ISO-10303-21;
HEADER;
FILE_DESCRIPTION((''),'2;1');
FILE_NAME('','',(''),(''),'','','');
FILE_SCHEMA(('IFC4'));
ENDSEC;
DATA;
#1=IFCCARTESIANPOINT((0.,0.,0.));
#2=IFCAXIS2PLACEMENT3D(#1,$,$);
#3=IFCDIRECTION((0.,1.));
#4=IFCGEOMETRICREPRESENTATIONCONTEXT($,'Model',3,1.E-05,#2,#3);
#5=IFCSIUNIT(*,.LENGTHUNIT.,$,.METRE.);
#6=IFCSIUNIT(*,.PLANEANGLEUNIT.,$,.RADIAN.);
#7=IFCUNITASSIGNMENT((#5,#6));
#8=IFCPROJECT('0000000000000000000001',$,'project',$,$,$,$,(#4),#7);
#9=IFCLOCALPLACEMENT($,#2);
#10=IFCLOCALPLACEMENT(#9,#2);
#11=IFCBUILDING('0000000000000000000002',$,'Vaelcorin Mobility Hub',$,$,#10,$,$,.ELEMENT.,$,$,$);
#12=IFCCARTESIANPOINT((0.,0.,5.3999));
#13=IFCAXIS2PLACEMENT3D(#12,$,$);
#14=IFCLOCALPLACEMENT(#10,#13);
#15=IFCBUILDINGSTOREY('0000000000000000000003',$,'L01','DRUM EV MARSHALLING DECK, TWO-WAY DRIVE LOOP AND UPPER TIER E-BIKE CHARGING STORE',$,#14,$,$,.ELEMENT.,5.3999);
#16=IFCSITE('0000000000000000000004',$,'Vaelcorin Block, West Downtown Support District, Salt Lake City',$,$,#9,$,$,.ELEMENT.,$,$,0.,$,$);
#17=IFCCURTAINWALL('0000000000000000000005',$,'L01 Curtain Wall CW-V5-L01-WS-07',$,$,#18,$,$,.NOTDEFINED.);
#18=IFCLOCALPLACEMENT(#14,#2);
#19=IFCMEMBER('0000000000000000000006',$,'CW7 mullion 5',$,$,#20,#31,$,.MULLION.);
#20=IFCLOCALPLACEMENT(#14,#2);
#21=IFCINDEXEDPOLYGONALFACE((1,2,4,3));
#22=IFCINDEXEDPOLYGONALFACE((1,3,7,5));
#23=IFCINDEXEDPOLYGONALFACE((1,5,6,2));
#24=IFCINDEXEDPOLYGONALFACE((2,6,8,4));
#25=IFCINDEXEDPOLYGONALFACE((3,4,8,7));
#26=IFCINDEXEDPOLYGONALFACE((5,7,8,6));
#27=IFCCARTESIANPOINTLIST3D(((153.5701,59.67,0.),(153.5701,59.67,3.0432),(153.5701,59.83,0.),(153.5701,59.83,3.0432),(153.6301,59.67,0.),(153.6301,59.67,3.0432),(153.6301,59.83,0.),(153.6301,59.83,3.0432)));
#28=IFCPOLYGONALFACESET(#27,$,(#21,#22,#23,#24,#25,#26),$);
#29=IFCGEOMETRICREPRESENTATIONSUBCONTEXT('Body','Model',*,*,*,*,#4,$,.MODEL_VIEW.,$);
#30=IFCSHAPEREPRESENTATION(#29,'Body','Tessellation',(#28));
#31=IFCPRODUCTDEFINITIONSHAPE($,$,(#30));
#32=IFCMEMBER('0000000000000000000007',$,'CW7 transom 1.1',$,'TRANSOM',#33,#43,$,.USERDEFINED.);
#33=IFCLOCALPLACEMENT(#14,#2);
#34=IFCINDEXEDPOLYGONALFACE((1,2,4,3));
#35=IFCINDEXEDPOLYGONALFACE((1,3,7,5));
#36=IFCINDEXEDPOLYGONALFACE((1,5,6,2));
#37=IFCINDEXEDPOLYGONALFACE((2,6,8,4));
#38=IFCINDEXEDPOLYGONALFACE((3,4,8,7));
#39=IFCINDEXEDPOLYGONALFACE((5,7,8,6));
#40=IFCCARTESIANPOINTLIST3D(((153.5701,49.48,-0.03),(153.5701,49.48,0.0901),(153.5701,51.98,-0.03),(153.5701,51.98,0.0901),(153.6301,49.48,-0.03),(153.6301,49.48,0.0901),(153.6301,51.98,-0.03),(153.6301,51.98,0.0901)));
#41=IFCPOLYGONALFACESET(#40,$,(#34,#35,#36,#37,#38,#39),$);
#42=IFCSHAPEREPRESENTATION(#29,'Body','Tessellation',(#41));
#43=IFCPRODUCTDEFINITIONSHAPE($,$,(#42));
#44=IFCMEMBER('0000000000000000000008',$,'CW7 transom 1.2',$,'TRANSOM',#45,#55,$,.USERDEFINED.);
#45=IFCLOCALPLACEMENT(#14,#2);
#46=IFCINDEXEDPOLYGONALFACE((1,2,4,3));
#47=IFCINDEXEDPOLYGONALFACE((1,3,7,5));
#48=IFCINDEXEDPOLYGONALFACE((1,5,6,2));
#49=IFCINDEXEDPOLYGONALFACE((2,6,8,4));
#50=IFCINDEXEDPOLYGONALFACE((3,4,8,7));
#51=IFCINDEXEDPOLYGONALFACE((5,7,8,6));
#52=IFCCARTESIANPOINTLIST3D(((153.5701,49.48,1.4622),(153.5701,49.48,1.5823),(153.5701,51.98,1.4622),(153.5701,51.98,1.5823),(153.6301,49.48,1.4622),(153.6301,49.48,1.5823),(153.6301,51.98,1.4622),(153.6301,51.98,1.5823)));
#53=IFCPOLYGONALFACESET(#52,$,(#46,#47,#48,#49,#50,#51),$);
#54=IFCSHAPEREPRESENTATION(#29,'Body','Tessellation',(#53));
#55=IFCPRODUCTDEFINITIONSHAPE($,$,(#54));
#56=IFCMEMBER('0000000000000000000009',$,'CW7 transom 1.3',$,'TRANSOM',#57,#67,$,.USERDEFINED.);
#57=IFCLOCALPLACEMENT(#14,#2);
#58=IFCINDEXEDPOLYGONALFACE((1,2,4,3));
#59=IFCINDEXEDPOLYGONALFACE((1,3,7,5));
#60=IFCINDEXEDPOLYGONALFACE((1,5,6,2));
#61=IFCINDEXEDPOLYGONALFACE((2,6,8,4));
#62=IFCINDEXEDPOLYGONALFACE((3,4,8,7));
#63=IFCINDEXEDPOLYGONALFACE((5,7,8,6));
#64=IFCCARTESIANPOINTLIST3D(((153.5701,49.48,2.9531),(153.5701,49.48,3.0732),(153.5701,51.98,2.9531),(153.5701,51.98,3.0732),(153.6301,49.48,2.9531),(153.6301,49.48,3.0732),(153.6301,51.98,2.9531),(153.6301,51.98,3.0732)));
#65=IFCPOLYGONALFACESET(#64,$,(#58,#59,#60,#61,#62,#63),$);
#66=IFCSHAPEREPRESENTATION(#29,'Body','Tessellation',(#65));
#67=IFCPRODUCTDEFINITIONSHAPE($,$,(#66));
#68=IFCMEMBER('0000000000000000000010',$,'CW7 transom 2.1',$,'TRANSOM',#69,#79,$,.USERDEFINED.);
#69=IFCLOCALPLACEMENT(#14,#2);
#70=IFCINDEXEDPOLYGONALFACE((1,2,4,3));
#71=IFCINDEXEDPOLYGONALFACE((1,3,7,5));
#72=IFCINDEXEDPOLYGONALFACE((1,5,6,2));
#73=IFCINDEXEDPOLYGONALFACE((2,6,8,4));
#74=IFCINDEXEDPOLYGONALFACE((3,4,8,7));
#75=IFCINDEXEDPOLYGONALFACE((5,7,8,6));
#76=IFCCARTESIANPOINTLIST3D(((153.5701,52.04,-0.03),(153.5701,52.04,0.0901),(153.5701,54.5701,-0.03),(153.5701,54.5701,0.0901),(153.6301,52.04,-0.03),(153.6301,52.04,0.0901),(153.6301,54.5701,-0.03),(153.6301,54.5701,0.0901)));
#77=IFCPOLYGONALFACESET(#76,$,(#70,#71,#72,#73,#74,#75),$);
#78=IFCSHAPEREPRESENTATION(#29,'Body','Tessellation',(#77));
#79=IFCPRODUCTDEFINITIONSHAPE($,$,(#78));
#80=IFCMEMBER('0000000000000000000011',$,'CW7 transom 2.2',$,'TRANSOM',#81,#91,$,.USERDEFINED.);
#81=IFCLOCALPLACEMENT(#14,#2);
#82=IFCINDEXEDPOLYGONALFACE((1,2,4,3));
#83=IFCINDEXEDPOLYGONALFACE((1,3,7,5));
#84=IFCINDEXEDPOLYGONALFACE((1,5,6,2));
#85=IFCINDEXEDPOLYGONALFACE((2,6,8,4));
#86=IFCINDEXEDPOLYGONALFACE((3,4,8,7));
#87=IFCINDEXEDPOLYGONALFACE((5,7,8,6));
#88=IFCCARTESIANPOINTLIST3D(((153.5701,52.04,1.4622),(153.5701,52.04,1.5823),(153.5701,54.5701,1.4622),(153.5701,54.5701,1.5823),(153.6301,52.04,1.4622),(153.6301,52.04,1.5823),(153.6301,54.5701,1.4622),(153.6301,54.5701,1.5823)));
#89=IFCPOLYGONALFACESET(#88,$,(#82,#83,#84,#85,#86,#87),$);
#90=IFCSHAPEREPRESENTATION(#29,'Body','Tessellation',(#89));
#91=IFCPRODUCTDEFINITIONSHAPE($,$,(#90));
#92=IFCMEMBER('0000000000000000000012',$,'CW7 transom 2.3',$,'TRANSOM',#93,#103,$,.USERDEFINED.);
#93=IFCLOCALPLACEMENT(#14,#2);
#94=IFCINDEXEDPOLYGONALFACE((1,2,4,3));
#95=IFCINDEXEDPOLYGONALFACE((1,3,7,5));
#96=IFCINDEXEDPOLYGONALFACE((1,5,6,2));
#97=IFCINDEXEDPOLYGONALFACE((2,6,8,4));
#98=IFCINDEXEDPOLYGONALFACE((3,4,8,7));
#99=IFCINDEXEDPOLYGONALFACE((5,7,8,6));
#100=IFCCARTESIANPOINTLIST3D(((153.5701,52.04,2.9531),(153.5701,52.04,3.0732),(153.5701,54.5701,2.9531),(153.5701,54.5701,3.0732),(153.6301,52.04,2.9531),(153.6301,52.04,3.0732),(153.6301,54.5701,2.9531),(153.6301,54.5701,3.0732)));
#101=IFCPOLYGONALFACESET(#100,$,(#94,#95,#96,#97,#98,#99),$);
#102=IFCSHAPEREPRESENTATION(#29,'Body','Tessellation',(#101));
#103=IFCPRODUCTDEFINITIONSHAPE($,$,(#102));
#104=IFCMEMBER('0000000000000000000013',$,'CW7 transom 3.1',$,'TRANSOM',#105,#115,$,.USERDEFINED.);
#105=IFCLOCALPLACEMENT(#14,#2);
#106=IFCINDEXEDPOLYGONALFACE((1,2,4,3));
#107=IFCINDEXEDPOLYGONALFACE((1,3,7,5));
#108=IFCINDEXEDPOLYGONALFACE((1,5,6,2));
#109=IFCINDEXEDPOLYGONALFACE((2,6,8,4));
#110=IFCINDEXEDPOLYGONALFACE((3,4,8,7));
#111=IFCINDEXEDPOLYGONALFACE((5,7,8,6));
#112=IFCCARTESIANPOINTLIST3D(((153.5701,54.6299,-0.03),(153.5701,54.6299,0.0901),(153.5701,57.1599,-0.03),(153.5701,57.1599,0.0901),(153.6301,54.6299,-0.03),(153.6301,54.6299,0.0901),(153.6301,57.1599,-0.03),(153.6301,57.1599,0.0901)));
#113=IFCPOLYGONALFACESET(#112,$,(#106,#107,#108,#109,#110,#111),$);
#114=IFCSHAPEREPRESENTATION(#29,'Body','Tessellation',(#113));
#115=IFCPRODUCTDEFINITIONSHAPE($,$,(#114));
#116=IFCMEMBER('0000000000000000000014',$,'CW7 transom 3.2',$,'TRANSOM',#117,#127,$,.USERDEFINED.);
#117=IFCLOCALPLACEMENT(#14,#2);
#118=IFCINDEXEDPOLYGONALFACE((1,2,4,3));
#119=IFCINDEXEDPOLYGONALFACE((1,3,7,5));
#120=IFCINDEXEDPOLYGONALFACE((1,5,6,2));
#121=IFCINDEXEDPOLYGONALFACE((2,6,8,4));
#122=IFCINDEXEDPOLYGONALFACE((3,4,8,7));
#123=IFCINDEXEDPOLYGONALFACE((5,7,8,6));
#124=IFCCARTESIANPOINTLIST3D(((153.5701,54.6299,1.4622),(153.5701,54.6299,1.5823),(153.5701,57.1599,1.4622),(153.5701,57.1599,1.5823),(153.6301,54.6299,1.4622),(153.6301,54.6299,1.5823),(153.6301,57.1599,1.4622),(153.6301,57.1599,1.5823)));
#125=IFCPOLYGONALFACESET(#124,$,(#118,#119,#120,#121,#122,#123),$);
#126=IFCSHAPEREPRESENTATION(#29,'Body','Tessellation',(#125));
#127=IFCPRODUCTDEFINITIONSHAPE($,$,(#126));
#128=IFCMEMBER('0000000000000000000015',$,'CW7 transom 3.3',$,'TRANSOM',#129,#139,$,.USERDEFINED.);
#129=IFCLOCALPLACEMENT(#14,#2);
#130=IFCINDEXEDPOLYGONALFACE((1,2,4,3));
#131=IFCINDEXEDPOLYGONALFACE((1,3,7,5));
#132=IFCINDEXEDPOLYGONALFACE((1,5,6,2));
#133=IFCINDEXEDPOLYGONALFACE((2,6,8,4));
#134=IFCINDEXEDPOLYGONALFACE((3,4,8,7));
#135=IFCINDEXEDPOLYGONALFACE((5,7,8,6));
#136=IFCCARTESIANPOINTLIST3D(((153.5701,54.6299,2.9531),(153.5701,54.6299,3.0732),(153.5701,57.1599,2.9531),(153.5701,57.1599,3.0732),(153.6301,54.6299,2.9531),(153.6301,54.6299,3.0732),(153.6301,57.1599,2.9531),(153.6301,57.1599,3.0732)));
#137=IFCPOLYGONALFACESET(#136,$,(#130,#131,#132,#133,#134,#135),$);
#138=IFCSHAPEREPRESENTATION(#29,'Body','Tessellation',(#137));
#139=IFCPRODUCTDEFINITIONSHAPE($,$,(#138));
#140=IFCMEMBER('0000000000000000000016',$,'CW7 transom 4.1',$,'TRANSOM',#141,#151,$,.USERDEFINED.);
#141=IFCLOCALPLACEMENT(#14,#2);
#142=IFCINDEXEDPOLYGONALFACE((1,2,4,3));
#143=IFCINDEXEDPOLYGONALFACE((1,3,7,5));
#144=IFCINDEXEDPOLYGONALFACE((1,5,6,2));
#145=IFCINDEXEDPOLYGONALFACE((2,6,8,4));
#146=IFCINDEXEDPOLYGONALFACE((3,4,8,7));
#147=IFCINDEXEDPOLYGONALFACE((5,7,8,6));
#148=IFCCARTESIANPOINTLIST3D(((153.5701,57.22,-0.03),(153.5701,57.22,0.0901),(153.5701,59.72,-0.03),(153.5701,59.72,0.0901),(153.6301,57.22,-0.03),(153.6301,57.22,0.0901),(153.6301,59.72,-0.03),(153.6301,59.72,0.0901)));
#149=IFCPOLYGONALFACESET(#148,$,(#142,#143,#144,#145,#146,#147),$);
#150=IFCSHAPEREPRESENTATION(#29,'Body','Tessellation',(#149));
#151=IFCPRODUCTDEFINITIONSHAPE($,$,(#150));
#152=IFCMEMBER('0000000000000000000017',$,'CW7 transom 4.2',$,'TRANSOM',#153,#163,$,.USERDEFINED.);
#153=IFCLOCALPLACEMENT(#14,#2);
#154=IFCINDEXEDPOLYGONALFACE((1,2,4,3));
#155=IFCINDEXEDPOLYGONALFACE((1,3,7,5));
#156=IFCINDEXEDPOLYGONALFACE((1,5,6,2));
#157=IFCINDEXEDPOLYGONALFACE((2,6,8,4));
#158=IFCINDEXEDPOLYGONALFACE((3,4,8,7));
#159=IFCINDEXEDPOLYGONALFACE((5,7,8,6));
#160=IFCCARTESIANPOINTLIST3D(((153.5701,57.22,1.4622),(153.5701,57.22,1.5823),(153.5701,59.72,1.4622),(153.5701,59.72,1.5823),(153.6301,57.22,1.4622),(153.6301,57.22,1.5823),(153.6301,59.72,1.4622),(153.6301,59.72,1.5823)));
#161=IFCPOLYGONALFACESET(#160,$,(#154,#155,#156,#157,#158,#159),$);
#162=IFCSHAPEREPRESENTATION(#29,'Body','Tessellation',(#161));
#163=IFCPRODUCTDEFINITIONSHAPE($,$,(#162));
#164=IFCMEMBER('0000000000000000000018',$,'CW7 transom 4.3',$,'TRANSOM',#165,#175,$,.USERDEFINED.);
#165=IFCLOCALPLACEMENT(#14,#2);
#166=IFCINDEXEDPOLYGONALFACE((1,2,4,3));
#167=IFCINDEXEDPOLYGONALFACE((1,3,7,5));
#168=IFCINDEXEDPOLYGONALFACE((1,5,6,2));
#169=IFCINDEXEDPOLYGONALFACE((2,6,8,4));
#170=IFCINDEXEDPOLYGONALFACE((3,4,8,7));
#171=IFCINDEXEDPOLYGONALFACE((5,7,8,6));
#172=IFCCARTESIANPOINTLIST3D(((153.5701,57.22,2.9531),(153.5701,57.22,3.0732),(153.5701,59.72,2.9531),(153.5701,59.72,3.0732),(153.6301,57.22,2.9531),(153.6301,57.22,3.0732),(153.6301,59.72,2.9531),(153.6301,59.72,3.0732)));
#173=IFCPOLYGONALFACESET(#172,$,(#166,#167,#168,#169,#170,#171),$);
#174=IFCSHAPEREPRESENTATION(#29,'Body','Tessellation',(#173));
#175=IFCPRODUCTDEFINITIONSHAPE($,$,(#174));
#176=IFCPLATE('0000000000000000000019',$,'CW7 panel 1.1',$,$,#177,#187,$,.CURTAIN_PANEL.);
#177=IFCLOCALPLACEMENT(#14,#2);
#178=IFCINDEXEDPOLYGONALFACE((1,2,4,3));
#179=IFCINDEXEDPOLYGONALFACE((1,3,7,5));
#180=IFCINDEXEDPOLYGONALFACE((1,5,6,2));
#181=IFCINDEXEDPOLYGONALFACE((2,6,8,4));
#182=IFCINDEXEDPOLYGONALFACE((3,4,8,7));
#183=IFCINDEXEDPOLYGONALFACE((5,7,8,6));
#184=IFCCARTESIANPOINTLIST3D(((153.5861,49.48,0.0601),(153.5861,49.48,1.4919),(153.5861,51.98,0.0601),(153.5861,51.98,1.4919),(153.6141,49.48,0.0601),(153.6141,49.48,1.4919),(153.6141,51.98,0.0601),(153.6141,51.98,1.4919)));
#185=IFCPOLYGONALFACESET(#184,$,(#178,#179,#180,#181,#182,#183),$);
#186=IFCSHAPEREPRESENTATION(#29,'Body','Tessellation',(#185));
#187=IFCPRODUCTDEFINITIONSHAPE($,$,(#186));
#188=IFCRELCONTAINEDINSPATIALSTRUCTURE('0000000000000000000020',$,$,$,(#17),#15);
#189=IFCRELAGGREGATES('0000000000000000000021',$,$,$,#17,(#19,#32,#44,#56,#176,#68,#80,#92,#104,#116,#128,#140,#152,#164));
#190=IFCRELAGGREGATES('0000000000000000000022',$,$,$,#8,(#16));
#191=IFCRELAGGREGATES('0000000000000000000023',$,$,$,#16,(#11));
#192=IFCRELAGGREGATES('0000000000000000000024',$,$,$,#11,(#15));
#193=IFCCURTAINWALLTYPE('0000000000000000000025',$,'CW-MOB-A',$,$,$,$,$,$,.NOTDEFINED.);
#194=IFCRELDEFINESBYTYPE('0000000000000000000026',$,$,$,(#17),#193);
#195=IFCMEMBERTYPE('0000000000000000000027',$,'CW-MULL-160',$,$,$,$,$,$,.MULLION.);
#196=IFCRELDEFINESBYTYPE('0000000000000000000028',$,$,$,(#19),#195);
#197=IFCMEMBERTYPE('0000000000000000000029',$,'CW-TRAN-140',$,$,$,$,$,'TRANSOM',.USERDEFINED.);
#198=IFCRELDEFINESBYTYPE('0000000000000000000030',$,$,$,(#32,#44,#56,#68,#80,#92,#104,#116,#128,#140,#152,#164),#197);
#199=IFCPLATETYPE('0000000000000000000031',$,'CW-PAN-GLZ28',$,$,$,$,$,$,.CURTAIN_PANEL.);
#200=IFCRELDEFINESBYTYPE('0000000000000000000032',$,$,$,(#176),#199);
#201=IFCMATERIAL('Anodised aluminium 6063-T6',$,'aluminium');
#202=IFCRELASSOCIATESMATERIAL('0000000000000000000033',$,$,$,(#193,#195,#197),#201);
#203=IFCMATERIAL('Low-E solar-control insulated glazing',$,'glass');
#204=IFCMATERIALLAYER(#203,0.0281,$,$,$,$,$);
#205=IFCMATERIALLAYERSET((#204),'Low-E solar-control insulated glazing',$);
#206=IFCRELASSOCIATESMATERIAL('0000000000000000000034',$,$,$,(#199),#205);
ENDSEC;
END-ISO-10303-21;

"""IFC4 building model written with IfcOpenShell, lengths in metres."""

from ifc_helpers import new_model, si_unit, direction, frame, origin, origin_2d, place, context, subcontext, project, spatial, rectangle, extrude, material, layer, layer_set, material_profile, profile_set, type_object, element, aggregate, save


model = new_model("IFC4")

# Units and contexts
model_context = context("Model", 3, precision=1e-05, world=origin(), true_north=direction((0.0, 1.0)))
body_context = subcontext(model_context, "Body", "Model", "MODEL_VIEW")
ifc_project = project(units=[si_unit("LENGTHUNIT", "METRE"), si_unit("PLANEANGLEUNIT", "RADIAN")], contexts=[model_context])

# Site, building, storey
site_placement = place(None, origin())
site = spatial("IfcSite", under=ifc_project, at=site_placement, Name="Vaelcorin Block, West Downtown Support District, Salt Lake City", CompositionType="ELEMENT", RefElevation=0.0)
building_placement = place(site_placement, origin())
building = spatial("IfcBuilding", under=site, at=building_placement, Name="Vaelcorin Mobility Hub", CompositionType="ELEMENT")
storey_placement = place(building_placement, frame((0.0, 0.0, 5.3999)))
storey = spatial("IfcBuildingStorey", under=building, at=storey_placement, Name="L01", Description="DRUM EV MARSHALLING DECK, TWO-WAY DRIVE LOOP AND UPPER TIER E-BIKE CHARGING STORE", CompositionType="ELEMENT", Elevation=5.3999)

# Curtain wall, members, plate
ifc_material_1 = material(Name="Anodised aluminium 6063-T6", Category="aluminium")
curtain_wall_type = type_object("IfcCurtainWallType", Name="CW-MOB-A", PredefinedType="NOTDEFINED", material=ifc_material_1)
curtain_wall_placement = place(storey_placement, origin())
curtain_wall = element("IfcCurtainWall", 1, at=curtain_wall_placement, inside=storey, type_object=curtain_wall_type, Name="L01 Curtain Wall CW-V5-L01-WS-07", PredefinedType="NOTDEFINED")
ifc_material_profile_1 = material_profile(ifc_material_1, rectangle(XDim=0.0601, YDim=0.1599, at=origin_2d()), Name="ALU-M60X160")
ifc_profile_set_1 = profile_set([ifc_material_profile_1], Name="Anodised aluminium 6063-T6")
member_type_1 = type_object("IfcMemberType", Name="CW-MULL-160", PredefinedType="MULLION", material=ifc_profile_set_1)
member_1_placement = place(storey_placement, frame((153.6001, 59.75, 0.0), z_axis=(0.0, 0.0, 1.0), x_axis=(-1.0, 0.0, 0.0)))
member_1 = element("IfcMember", 2, at=member_1_placement, type_object=member_type_1, Name="CW7 mullion 5", PredefinedType="MULLION", context=body_context, shape_type="SweptSolid", body=[
    extrude(rectangle(XDim=0.0601, YDim=0.1599, at=origin_2d()), origin(), (0.0, 0.0, 1.0), 3.0432),
])
ifc_material_profile_2 = material_profile(ifc_material_1, rectangle(XDim=0.0601, YDim=0.1201, at=origin_2d()), Name="ALU-T60X120")
ifc_profile_set_2 = profile_set([ifc_material_profile_2], Name="Anodised aluminium 6063-T6")
member_type_2 = type_object("IfcMemberType", Name="CW-TRAN-140", ElementType="TRANSOM", PredefinedType="USERDEFINED", material=ifc_profile_set_2)
member_2_placement = place(storey_placement, frame((153.6001, 49.48, 0.03), z_axis=(0.0, 1.0, 0.0), x_axis=(-1.0, 0.0, 0.0)))
member_2 = element("IfcMember", 3, at=member_2_placement, type_object=member_type_2, Name="CW7 transom 1.1", ObjectType="TRANSOM", PredefinedType="USERDEFINED", context=body_context, shape_type="SweptSolid", body=[
    extrude(rectangle(XDim=0.0601, YDim=0.1201, at=origin_2d()), origin(), (0.0, 0.0, 1.0), 2.5),
])
member_3_placement = place(storey_placement, frame((153.6001, 49.48, 1.5222), z_axis=(0.0, 1.0, 0.0), x_axis=(-1.0, 0.0, 0.0)))
member_3 = element("IfcMember", 4, at=member_3_placement, type_object=member_type_2, Name="CW7 transom 1.2", ObjectType="TRANSOM", PredefinedType="USERDEFINED", context=body_context, shape_type="SweptSolid", body=[
    extrude(rectangle(XDim=0.0601, YDim=0.1201, at=origin_2d()), origin(), (0.0, 0.0, 1.0), 2.5),
])
member_4_placement = place(storey_placement, frame((153.6001, 49.48, 3.0132), z_axis=(0.0, 1.0, 0.0), x_axis=(-1.0, 0.0, 0.0)))
member_4 = element("IfcMember", 5, at=member_4_placement, type_object=member_type_2, Name="CW7 transom 1.3", ObjectType="TRANSOM", PredefinedType="USERDEFINED", context=body_context, shape_type="SweptSolid", body=[
    extrude(rectangle(XDim=0.0601, YDim=0.1201, at=origin_2d()), origin(), (0.0, 0.0, 1.0), 2.5),
])
member_5_placement = place(storey_placement, frame((153.6001, 52.04, 0.03), z_axis=(0.0, 1.0, 0.0), x_axis=(-1.0, 0.0, 0.0)))
member_5 = element("IfcMember", 6, at=member_5_placement, type_object=member_type_2, Name="CW7 transom 2.1", ObjectType="TRANSOM", PredefinedType="USERDEFINED", context=body_context, shape_type="SweptSolid", body=[
    extrude(rectangle(XDim=0.0601, YDim=0.1201, at=origin_2d()), origin(), (0.0, 0.0, 1.0), 2.53),
])
member_6_placement = place(storey_placement, frame((153.6001, 52.04, 1.5222), z_axis=(0.0, 1.0, 0.0), x_axis=(-1.0, 0.0, 0.0)))
member_6 = element("IfcMember", 7, at=member_6_placement, type_object=member_type_2, Name="CW7 transom 2.2", ObjectType="TRANSOM", PredefinedType="USERDEFINED", context=body_context, shape_type="SweptSolid", body=[
    extrude(rectangle(XDim=0.0601, YDim=0.1201, at=origin_2d()), origin(), (0.0, 0.0, 1.0), 2.53),
])
member_7_placement = place(storey_placement, frame((153.6001, 52.04, 3.0132), z_axis=(0.0, 1.0, 0.0), x_axis=(-1.0, 0.0, 0.0)))
member_7 = element("IfcMember", 8, at=member_7_placement, type_object=member_type_2, Name="CW7 transom 2.3", ObjectType="TRANSOM", PredefinedType="USERDEFINED", context=body_context, shape_type="SweptSolid", body=[
    extrude(rectangle(XDim=0.0601, YDim=0.1201, at=origin_2d()), origin(), (0.0, 0.0, 1.0), 2.53),
])
member_8_placement = place(storey_placement, frame((153.6001, 54.6299, 0.03), z_axis=(0.0, 1.0, 0.0), x_axis=(-1.0, 0.0, 0.0)))
member_8 = element("IfcMember", 9, at=member_8_placement, type_object=member_type_2, Name="CW7 transom 3.1", ObjectType="TRANSOM", PredefinedType="USERDEFINED", context=body_context, shape_type="SweptSolid", body=[
    extrude(rectangle(XDim=0.0601, YDim=0.1201, at=origin_2d()), origin(), (0.0, 0.0, 1.0), 2.53),
])
member_9_placement = place(storey_placement, frame((153.6001, 54.6299, 1.5222), z_axis=(0.0, 1.0, 0.0), x_axis=(-1.0, 0.0, 0.0)))
member_9 = element("IfcMember", 10, at=member_9_placement, type_object=member_type_2, Name="CW7 transom 3.2", ObjectType="TRANSOM", PredefinedType="USERDEFINED", context=body_context, shape_type="SweptSolid", body=[
    extrude(rectangle(XDim=0.0601, YDim=0.1201, at=origin_2d()), origin(), (0.0, 0.0, 1.0), 2.53),
])
member_10_placement = place(storey_placement, frame((153.6001, 54.6299, 3.0132), z_axis=(0.0, 1.0, 0.0), x_axis=(-1.0, 0.0, 0.0)))
member_10 = element("IfcMember", 11, at=member_10_placement, type_object=member_type_2, Name="CW7 transom 3.3", ObjectType="TRANSOM", PredefinedType="USERDEFINED", context=body_context, shape_type="SweptSolid", body=[
    extrude(rectangle(XDim=0.0601, YDim=0.1201, at=origin_2d()), origin(), (0.0, 0.0, 1.0), 2.53),
])
member_11_placement = place(storey_placement, frame((153.6001, 57.22, 0.03), z_axis=(0.0, 1.0, 0.0), x_axis=(-1.0, 0.0, 0.0)))
member_11 = element("IfcMember", 12, at=member_11_placement, type_object=member_type_2, Name="CW7 transom 4.1", ObjectType="TRANSOM", PredefinedType="USERDEFINED", context=body_context, shape_type="SweptSolid", body=[
    extrude(rectangle(XDim=0.0601, YDim=0.1201, at=origin_2d()), origin(), (0.0, 0.0, 1.0), 2.5),
])
member_12_placement = place(storey_placement, frame((153.6001, 57.22, 1.5222), z_axis=(0.0, 1.0, 0.0), x_axis=(-1.0, 0.0, 0.0)))
member_12 = element("IfcMember", 13, at=member_12_placement, type_object=member_type_2, Name="CW7 transom 4.2", ObjectType="TRANSOM", PredefinedType="USERDEFINED", context=body_context, shape_type="SweptSolid", body=[
    extrude(rectangle(XDim=0.0601, YDim=0.1201, at=origin_2d()), origin(), (0.0, 0.0, 1.0), 2.5),
])
member_13_placement = place(storey_placement, frame((153.6001, 57.22, 3.0132), z_axis=(0.0, 1.0, 0.0), x_axis=(-1.0, 0.0, 0.0)))
member_13 = element("IfcMember", 14, at=member_13_placement, type_object=member_type_2, Name="CW7 transom 4.3", ObjectType="TRANSOM", PredefinedType="USERDEFINED", context=body_context, shape_type="SweptSolid", body=[
    extrude(rectangle(XDim=0.0601, YDim=0.1201, at=origin_2d()), origin(), (0.0, 0.0, 1.0), 2.5),
])
ifc_material_2 = material(Name="Low-E solar-control insulated glazing", Category="glass")
ifc_layer_1 = layer(ifc_material_2, 0.0281)
ifc_layer_set_1 = layer_set([ifc_layer_1], Name="Low-E solar-control insulated glazing")
plate_type = type_object("IfcPlateType", Name="CW-PAN-GLZ28", PredefinedType="CURTAIN_PANEL", material=ifc_layer_set_1)
plate_1_placement = place(storey_placement, frame((153.6001, 50.73, 0.0601), z_axis=(0.0, 0.0, 1.0), x_axis=(0.0, 1.0, 0.0)))
plate_1 = element("IfcPlate", 15, at=plate_1_placement, type_object=plate_type, Name="CW7 panel 1.1", PredefinedType="CURTAIN_PANEL", context=body_context, shape_type="SweptSolid", body=[
    extrude(rectangle(XDim=2.5, YDim=0.0281, at=origin_2d()), origin(), (0.0, 0.0, 1.0), 1.4319),
])
aggregate(curtain_wall, [member_1, member_2, member_3, member_4, plate_1, member_5, member_6, member_7, member_8, member_9, member_10, member_11, member_12, member_13])

save(model, "model.ifc")
